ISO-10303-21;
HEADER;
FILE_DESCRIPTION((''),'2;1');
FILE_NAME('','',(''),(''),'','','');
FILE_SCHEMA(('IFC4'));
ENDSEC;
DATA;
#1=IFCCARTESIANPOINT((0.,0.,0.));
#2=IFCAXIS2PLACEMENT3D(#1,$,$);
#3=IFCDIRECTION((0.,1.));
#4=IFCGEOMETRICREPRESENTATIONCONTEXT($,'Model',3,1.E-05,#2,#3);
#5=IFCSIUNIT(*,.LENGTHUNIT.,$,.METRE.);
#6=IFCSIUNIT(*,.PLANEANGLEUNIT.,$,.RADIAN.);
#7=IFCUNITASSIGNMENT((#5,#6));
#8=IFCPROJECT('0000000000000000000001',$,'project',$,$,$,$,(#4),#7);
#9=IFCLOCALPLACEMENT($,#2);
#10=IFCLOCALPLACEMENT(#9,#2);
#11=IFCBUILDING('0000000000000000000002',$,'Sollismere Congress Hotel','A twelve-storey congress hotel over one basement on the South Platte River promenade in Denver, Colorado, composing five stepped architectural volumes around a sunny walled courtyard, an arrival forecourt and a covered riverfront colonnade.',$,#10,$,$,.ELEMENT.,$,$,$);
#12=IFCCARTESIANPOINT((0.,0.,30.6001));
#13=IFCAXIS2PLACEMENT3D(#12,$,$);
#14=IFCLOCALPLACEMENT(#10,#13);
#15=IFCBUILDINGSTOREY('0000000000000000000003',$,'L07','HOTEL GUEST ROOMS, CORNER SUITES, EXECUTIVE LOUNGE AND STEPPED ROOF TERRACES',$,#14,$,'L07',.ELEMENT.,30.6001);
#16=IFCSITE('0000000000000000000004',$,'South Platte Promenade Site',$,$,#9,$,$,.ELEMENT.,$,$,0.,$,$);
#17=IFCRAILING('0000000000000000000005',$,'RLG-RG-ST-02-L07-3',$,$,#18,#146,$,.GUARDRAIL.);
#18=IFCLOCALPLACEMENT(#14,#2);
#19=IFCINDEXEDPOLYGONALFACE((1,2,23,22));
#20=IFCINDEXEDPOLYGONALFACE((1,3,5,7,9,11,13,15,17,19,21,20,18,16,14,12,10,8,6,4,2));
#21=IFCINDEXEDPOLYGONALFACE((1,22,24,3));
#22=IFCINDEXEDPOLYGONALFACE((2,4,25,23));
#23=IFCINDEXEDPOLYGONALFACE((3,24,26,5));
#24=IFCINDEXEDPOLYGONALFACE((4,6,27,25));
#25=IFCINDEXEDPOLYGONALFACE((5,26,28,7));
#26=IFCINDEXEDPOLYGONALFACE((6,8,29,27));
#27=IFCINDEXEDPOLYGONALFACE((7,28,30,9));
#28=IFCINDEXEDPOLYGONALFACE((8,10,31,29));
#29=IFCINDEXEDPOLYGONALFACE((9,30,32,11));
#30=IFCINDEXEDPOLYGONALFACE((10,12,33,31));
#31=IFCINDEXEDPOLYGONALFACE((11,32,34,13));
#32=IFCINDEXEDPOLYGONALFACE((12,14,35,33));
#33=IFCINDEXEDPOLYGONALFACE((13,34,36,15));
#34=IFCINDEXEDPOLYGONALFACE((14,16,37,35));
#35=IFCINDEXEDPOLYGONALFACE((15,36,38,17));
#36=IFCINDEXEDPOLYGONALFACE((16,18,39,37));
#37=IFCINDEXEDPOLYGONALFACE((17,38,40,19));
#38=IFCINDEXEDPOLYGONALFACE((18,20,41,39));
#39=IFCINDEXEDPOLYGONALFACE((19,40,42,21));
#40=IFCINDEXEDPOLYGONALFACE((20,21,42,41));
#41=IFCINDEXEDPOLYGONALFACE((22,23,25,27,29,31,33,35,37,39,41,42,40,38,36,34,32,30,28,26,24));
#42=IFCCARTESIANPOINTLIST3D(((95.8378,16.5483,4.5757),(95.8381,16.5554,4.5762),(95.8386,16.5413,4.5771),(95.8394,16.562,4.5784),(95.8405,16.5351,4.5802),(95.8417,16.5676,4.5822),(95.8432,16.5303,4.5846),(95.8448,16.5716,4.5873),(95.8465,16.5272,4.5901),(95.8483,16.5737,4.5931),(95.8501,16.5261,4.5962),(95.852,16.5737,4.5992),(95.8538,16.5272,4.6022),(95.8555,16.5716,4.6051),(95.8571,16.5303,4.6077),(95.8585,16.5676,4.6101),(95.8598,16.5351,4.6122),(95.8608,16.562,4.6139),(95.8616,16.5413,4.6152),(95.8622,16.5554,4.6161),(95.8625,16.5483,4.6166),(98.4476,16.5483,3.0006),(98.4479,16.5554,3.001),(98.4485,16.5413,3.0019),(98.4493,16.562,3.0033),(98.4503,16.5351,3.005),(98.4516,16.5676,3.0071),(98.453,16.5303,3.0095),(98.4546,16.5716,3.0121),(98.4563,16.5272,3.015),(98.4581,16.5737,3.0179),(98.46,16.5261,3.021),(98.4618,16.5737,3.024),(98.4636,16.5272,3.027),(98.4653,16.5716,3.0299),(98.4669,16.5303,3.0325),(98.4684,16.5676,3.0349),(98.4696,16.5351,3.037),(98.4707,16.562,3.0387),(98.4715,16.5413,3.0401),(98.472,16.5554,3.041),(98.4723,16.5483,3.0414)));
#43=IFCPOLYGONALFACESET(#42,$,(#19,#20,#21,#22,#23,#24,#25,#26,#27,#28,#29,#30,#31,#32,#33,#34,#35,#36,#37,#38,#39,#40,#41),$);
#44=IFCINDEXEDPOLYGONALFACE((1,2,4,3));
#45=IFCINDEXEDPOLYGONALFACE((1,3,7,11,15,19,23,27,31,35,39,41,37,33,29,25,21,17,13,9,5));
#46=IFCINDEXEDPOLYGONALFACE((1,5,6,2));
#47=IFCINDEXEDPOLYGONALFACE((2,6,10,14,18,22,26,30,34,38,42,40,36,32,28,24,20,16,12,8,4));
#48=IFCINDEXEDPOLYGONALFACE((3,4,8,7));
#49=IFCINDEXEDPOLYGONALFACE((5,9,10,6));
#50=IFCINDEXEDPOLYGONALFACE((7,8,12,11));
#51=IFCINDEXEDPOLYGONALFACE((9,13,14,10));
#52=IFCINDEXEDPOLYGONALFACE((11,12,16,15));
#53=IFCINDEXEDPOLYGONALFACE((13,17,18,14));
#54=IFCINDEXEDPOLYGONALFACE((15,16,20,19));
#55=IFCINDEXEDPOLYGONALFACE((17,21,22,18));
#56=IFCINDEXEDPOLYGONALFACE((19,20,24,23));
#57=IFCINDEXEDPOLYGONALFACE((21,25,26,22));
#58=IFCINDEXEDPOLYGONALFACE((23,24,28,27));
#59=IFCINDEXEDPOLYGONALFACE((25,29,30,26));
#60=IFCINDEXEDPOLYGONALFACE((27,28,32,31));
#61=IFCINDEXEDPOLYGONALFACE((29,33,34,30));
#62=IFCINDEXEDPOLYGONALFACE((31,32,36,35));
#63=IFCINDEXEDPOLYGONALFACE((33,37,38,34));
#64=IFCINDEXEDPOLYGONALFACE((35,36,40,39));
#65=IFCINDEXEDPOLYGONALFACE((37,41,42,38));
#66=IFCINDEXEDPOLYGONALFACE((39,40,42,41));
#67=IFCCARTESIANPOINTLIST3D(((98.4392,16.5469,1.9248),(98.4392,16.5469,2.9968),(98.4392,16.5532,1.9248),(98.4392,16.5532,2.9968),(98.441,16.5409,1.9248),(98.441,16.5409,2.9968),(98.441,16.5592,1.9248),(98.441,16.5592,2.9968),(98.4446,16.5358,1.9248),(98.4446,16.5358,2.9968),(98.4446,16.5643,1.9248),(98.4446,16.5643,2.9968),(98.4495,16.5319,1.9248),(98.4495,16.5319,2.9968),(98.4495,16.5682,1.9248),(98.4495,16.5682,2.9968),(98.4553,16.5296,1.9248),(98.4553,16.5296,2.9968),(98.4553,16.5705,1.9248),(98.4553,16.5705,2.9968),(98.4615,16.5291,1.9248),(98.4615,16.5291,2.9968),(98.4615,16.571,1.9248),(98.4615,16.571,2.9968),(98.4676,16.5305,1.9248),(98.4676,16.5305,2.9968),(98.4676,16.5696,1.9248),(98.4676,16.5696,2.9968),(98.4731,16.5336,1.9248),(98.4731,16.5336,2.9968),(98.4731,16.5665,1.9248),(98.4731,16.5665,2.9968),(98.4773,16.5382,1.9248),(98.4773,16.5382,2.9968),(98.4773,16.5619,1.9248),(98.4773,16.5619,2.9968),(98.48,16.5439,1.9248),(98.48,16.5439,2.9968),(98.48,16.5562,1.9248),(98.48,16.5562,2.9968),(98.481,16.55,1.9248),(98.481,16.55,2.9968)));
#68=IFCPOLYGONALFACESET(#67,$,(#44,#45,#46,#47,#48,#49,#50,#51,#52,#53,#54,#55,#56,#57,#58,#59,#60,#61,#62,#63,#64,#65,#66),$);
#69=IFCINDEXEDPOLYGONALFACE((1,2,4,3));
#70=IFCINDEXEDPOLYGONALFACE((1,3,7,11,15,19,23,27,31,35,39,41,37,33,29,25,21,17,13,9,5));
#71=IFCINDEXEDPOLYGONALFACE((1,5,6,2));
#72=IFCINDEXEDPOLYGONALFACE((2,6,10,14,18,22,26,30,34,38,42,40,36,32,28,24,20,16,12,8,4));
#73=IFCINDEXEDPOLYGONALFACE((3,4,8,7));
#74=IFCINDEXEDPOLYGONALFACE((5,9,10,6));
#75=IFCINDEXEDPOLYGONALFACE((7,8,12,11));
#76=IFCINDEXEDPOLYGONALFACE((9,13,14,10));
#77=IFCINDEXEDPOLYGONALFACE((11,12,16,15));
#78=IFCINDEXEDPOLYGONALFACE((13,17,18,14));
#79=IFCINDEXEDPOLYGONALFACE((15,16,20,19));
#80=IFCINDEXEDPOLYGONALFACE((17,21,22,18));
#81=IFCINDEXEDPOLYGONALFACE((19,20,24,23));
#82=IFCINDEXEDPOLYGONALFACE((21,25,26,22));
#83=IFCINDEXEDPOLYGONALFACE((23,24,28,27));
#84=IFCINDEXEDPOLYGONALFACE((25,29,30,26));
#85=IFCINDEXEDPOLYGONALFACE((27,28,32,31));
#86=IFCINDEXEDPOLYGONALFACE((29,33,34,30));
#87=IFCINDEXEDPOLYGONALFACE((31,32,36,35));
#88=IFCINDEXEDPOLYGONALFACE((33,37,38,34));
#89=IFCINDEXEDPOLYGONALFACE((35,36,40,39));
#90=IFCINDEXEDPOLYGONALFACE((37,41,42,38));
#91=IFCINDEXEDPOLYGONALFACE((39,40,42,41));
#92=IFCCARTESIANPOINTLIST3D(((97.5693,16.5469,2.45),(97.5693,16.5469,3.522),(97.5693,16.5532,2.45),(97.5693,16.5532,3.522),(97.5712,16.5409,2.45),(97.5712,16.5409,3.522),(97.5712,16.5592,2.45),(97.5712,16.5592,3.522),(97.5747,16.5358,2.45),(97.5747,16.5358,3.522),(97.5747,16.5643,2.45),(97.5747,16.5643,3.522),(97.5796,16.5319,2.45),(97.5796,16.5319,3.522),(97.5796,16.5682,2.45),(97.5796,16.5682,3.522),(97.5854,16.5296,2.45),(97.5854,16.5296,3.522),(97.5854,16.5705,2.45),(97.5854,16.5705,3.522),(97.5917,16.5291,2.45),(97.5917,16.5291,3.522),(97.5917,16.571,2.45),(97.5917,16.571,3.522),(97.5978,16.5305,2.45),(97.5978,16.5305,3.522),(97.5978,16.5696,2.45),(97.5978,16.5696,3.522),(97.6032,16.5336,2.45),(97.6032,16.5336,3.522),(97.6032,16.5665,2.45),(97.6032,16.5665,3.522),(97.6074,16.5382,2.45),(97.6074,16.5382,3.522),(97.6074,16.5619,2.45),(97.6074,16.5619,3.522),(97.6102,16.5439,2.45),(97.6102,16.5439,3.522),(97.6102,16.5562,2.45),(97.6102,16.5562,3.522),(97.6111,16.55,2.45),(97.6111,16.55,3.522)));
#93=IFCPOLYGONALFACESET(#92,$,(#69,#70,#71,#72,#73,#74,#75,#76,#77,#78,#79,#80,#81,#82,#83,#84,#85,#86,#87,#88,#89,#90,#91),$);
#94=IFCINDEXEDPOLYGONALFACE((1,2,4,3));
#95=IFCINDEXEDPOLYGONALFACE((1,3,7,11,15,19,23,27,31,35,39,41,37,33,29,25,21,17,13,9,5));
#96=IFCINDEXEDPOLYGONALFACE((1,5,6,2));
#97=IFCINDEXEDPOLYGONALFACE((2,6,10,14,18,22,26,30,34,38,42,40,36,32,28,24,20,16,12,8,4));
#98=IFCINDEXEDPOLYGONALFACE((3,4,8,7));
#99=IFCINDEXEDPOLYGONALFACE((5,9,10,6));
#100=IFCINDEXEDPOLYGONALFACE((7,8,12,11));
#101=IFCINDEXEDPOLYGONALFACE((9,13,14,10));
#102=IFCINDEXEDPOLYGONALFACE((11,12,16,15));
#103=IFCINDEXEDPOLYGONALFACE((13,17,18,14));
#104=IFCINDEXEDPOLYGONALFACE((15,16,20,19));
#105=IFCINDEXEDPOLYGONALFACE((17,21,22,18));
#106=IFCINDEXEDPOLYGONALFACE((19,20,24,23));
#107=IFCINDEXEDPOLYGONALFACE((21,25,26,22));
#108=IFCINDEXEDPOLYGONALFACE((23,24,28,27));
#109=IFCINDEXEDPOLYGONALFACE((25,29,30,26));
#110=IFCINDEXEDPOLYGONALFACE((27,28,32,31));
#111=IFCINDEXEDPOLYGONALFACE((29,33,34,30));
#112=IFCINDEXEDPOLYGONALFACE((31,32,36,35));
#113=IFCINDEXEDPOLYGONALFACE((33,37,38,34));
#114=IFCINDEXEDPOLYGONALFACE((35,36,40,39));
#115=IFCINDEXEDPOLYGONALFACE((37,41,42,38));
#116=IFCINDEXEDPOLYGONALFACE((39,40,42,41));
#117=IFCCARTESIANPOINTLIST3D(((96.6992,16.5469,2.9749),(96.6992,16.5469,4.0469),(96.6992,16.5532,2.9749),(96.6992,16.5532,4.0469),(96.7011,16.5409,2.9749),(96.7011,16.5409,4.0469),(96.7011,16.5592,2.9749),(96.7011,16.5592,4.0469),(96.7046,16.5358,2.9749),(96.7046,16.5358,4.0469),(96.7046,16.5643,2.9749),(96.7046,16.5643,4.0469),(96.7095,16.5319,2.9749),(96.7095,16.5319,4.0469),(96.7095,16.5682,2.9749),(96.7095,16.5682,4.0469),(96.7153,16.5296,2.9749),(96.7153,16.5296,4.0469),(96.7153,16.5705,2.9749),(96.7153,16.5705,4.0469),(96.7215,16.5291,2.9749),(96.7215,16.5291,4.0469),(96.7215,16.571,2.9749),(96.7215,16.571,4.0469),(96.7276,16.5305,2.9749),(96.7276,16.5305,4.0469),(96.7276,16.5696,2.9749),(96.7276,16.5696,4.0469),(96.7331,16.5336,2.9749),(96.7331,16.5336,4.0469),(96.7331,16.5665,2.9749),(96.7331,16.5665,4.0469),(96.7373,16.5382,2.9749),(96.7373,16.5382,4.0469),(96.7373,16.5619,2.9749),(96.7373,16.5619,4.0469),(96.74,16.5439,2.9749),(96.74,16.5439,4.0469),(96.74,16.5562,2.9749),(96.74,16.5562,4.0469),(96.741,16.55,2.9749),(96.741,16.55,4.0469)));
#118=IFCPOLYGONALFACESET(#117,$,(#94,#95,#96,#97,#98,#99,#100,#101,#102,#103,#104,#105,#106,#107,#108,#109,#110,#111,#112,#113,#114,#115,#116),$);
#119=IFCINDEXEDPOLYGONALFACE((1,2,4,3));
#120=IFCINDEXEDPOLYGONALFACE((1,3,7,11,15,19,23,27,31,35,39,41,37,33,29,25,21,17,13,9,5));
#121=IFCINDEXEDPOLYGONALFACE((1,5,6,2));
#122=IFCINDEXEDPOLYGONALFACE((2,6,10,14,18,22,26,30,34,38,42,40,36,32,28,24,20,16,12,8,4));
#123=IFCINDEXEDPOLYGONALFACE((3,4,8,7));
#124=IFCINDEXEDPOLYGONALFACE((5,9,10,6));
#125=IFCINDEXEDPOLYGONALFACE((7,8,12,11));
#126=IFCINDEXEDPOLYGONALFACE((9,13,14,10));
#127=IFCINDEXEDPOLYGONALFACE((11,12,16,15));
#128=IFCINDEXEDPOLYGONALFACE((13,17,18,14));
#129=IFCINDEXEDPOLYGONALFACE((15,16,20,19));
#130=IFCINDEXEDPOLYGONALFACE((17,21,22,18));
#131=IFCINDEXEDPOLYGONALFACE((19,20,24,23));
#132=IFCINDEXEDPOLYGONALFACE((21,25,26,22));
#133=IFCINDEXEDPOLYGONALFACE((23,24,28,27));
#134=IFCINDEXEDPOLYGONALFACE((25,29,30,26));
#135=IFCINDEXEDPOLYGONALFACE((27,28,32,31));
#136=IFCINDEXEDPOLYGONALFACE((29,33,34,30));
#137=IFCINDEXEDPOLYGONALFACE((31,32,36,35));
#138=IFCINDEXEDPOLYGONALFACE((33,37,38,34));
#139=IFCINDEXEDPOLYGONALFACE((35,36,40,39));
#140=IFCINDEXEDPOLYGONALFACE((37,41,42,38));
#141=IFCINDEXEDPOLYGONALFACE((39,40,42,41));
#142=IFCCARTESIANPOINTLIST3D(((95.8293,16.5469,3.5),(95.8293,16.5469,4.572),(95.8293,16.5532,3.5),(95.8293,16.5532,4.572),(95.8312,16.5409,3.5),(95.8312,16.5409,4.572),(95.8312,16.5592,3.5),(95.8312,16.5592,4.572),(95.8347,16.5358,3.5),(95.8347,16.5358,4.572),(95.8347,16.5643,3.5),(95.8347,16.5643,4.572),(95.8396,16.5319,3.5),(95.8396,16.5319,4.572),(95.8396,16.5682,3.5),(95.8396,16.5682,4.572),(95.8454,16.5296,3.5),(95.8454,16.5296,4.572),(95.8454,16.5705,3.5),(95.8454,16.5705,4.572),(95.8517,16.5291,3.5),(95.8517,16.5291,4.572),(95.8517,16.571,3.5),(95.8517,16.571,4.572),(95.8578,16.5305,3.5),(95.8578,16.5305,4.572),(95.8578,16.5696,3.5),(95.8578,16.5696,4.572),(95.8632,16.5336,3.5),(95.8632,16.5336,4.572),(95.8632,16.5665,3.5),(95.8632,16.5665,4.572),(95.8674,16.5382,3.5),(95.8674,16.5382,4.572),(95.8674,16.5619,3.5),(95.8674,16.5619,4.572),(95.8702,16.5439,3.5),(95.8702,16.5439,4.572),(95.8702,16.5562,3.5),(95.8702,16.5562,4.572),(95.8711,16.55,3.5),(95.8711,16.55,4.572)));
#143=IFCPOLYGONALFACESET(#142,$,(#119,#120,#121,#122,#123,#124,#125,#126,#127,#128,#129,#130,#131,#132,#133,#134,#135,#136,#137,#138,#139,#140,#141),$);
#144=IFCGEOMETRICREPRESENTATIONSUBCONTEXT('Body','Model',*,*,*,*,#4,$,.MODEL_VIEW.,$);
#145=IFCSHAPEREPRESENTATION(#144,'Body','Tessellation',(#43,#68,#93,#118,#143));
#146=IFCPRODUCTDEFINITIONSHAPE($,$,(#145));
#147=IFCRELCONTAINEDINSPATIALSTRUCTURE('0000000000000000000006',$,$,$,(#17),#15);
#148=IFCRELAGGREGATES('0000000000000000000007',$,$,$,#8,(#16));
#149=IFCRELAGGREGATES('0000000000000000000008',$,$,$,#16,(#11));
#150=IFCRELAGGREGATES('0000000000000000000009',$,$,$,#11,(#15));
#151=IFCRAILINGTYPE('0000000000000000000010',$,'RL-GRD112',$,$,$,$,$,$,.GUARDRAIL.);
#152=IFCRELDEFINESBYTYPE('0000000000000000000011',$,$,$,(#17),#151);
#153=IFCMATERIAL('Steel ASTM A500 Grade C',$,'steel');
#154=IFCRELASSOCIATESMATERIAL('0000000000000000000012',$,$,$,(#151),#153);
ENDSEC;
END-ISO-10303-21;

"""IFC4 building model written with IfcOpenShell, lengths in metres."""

from ifc_helpers import new_model, si_unit, direction, frame, origin, origin_2d, place, context, subcontext, project, spatial, circle, extrude, material, type_object, element, save


model = new_model("IFC4")

# Units and contexts
model_context = context("Model", 3, precision=1e-05, world=origin(), true_north=direction((0.0, 1.0)))
body_context = subcontext(model_context, "Body", "Model", "MODEL_VIEW")
ifc_project = project(units=[si_unit("LENGTHUNIT", "METRE"), si_unit("PLANEANGLEUNIT", "RADIAN")], contexts=[model_context])

# Site, building, storey
site_placement = place(None, origin())
site = spatial("IfcSite", under=ifc_project, at=site_placement, Name="South Platte Promenade Site", CompositionType="ELEMENT", RefElevation=0.0)
building_placement = place(site_placement, origin())
building = spatial("IfcBuilding", under=site, at=building_placement, Name="Sollismere Congress Hotel", Description="A twelve-storey congress hotel over one basement on the South Platte River promenade in Denver, Colorado, composing five stepped architectural volumes around a sunny walled courtyard, an arrival forecourt and a covered riverfront colonnade.", CompositionType="ELEMENT")
storey_placement = place(building_placement, frame((0.0, 0.0, 30.6001)))
storey = spatial("IfcBuildingStorey", under=building, at=storey_placement, Name="L07", Description="HOTEL GUEST ROOMS, CORNER SUITES, EXECUTIVE LOUNGE AND STEPPED ROOF TERRACES", LongName="L07", CompositionType="ELEMENT", Elevation=30.6001)

# Shared definitions
ifc_material_1 = material(Name="Steel ASTM A500 Grade C", Category="steel")

# Railing
railing_type_1 = type_object("IfcRailingType", Name="RL-GRD112", PredefinedType="GUARDRAIL", material=ifc_material_1)
railing_1_placement = place(storey_placement, frame((98.46, 16.55, 1.9248)))
element("IfcRailing", 1, at=railing_1_placement, inside=storey, type_object=railing_type_1, Name="RLG-RG-ST-02-L07-3", PredefinedType="GUARDRAIL", context=body_context, shape_type="SweptSolid", body=[
    extrude(circle(Radius=0.0239, at=origin_2d()), frame((0.0, 0.0, 1.0962), z_axis=(-0.856147, 0.0, 0.516732), x_axis=(0.0, -1.0, 0.0)), (0.0, 0.0, 1.0), 3.0483),
    extrude(circle(Radius=0.021, at=origin_2d()), origin(), (0.0, 0.0, 1.0), 1.072),
    extrude(circle(Radius=0.021, at=origin_2d()), frame((-0.8699, 0.0, 0.5251)), (0.0, 0.0, 1.0), 1.072),
    extrude(circle(Radius=0.021, at=origin_2d()), frame((-1.74, 0.0, 1.05)), (0.0, 0.0, 1.0), 1.072),
    extrude(circle(Radius=0.021, at=origin_2d()), frame((-2.6099, 0.0, 1.5752)), (0.0, 0.0, 1.0), 1.072),
])

save(model, "model.ifc")
